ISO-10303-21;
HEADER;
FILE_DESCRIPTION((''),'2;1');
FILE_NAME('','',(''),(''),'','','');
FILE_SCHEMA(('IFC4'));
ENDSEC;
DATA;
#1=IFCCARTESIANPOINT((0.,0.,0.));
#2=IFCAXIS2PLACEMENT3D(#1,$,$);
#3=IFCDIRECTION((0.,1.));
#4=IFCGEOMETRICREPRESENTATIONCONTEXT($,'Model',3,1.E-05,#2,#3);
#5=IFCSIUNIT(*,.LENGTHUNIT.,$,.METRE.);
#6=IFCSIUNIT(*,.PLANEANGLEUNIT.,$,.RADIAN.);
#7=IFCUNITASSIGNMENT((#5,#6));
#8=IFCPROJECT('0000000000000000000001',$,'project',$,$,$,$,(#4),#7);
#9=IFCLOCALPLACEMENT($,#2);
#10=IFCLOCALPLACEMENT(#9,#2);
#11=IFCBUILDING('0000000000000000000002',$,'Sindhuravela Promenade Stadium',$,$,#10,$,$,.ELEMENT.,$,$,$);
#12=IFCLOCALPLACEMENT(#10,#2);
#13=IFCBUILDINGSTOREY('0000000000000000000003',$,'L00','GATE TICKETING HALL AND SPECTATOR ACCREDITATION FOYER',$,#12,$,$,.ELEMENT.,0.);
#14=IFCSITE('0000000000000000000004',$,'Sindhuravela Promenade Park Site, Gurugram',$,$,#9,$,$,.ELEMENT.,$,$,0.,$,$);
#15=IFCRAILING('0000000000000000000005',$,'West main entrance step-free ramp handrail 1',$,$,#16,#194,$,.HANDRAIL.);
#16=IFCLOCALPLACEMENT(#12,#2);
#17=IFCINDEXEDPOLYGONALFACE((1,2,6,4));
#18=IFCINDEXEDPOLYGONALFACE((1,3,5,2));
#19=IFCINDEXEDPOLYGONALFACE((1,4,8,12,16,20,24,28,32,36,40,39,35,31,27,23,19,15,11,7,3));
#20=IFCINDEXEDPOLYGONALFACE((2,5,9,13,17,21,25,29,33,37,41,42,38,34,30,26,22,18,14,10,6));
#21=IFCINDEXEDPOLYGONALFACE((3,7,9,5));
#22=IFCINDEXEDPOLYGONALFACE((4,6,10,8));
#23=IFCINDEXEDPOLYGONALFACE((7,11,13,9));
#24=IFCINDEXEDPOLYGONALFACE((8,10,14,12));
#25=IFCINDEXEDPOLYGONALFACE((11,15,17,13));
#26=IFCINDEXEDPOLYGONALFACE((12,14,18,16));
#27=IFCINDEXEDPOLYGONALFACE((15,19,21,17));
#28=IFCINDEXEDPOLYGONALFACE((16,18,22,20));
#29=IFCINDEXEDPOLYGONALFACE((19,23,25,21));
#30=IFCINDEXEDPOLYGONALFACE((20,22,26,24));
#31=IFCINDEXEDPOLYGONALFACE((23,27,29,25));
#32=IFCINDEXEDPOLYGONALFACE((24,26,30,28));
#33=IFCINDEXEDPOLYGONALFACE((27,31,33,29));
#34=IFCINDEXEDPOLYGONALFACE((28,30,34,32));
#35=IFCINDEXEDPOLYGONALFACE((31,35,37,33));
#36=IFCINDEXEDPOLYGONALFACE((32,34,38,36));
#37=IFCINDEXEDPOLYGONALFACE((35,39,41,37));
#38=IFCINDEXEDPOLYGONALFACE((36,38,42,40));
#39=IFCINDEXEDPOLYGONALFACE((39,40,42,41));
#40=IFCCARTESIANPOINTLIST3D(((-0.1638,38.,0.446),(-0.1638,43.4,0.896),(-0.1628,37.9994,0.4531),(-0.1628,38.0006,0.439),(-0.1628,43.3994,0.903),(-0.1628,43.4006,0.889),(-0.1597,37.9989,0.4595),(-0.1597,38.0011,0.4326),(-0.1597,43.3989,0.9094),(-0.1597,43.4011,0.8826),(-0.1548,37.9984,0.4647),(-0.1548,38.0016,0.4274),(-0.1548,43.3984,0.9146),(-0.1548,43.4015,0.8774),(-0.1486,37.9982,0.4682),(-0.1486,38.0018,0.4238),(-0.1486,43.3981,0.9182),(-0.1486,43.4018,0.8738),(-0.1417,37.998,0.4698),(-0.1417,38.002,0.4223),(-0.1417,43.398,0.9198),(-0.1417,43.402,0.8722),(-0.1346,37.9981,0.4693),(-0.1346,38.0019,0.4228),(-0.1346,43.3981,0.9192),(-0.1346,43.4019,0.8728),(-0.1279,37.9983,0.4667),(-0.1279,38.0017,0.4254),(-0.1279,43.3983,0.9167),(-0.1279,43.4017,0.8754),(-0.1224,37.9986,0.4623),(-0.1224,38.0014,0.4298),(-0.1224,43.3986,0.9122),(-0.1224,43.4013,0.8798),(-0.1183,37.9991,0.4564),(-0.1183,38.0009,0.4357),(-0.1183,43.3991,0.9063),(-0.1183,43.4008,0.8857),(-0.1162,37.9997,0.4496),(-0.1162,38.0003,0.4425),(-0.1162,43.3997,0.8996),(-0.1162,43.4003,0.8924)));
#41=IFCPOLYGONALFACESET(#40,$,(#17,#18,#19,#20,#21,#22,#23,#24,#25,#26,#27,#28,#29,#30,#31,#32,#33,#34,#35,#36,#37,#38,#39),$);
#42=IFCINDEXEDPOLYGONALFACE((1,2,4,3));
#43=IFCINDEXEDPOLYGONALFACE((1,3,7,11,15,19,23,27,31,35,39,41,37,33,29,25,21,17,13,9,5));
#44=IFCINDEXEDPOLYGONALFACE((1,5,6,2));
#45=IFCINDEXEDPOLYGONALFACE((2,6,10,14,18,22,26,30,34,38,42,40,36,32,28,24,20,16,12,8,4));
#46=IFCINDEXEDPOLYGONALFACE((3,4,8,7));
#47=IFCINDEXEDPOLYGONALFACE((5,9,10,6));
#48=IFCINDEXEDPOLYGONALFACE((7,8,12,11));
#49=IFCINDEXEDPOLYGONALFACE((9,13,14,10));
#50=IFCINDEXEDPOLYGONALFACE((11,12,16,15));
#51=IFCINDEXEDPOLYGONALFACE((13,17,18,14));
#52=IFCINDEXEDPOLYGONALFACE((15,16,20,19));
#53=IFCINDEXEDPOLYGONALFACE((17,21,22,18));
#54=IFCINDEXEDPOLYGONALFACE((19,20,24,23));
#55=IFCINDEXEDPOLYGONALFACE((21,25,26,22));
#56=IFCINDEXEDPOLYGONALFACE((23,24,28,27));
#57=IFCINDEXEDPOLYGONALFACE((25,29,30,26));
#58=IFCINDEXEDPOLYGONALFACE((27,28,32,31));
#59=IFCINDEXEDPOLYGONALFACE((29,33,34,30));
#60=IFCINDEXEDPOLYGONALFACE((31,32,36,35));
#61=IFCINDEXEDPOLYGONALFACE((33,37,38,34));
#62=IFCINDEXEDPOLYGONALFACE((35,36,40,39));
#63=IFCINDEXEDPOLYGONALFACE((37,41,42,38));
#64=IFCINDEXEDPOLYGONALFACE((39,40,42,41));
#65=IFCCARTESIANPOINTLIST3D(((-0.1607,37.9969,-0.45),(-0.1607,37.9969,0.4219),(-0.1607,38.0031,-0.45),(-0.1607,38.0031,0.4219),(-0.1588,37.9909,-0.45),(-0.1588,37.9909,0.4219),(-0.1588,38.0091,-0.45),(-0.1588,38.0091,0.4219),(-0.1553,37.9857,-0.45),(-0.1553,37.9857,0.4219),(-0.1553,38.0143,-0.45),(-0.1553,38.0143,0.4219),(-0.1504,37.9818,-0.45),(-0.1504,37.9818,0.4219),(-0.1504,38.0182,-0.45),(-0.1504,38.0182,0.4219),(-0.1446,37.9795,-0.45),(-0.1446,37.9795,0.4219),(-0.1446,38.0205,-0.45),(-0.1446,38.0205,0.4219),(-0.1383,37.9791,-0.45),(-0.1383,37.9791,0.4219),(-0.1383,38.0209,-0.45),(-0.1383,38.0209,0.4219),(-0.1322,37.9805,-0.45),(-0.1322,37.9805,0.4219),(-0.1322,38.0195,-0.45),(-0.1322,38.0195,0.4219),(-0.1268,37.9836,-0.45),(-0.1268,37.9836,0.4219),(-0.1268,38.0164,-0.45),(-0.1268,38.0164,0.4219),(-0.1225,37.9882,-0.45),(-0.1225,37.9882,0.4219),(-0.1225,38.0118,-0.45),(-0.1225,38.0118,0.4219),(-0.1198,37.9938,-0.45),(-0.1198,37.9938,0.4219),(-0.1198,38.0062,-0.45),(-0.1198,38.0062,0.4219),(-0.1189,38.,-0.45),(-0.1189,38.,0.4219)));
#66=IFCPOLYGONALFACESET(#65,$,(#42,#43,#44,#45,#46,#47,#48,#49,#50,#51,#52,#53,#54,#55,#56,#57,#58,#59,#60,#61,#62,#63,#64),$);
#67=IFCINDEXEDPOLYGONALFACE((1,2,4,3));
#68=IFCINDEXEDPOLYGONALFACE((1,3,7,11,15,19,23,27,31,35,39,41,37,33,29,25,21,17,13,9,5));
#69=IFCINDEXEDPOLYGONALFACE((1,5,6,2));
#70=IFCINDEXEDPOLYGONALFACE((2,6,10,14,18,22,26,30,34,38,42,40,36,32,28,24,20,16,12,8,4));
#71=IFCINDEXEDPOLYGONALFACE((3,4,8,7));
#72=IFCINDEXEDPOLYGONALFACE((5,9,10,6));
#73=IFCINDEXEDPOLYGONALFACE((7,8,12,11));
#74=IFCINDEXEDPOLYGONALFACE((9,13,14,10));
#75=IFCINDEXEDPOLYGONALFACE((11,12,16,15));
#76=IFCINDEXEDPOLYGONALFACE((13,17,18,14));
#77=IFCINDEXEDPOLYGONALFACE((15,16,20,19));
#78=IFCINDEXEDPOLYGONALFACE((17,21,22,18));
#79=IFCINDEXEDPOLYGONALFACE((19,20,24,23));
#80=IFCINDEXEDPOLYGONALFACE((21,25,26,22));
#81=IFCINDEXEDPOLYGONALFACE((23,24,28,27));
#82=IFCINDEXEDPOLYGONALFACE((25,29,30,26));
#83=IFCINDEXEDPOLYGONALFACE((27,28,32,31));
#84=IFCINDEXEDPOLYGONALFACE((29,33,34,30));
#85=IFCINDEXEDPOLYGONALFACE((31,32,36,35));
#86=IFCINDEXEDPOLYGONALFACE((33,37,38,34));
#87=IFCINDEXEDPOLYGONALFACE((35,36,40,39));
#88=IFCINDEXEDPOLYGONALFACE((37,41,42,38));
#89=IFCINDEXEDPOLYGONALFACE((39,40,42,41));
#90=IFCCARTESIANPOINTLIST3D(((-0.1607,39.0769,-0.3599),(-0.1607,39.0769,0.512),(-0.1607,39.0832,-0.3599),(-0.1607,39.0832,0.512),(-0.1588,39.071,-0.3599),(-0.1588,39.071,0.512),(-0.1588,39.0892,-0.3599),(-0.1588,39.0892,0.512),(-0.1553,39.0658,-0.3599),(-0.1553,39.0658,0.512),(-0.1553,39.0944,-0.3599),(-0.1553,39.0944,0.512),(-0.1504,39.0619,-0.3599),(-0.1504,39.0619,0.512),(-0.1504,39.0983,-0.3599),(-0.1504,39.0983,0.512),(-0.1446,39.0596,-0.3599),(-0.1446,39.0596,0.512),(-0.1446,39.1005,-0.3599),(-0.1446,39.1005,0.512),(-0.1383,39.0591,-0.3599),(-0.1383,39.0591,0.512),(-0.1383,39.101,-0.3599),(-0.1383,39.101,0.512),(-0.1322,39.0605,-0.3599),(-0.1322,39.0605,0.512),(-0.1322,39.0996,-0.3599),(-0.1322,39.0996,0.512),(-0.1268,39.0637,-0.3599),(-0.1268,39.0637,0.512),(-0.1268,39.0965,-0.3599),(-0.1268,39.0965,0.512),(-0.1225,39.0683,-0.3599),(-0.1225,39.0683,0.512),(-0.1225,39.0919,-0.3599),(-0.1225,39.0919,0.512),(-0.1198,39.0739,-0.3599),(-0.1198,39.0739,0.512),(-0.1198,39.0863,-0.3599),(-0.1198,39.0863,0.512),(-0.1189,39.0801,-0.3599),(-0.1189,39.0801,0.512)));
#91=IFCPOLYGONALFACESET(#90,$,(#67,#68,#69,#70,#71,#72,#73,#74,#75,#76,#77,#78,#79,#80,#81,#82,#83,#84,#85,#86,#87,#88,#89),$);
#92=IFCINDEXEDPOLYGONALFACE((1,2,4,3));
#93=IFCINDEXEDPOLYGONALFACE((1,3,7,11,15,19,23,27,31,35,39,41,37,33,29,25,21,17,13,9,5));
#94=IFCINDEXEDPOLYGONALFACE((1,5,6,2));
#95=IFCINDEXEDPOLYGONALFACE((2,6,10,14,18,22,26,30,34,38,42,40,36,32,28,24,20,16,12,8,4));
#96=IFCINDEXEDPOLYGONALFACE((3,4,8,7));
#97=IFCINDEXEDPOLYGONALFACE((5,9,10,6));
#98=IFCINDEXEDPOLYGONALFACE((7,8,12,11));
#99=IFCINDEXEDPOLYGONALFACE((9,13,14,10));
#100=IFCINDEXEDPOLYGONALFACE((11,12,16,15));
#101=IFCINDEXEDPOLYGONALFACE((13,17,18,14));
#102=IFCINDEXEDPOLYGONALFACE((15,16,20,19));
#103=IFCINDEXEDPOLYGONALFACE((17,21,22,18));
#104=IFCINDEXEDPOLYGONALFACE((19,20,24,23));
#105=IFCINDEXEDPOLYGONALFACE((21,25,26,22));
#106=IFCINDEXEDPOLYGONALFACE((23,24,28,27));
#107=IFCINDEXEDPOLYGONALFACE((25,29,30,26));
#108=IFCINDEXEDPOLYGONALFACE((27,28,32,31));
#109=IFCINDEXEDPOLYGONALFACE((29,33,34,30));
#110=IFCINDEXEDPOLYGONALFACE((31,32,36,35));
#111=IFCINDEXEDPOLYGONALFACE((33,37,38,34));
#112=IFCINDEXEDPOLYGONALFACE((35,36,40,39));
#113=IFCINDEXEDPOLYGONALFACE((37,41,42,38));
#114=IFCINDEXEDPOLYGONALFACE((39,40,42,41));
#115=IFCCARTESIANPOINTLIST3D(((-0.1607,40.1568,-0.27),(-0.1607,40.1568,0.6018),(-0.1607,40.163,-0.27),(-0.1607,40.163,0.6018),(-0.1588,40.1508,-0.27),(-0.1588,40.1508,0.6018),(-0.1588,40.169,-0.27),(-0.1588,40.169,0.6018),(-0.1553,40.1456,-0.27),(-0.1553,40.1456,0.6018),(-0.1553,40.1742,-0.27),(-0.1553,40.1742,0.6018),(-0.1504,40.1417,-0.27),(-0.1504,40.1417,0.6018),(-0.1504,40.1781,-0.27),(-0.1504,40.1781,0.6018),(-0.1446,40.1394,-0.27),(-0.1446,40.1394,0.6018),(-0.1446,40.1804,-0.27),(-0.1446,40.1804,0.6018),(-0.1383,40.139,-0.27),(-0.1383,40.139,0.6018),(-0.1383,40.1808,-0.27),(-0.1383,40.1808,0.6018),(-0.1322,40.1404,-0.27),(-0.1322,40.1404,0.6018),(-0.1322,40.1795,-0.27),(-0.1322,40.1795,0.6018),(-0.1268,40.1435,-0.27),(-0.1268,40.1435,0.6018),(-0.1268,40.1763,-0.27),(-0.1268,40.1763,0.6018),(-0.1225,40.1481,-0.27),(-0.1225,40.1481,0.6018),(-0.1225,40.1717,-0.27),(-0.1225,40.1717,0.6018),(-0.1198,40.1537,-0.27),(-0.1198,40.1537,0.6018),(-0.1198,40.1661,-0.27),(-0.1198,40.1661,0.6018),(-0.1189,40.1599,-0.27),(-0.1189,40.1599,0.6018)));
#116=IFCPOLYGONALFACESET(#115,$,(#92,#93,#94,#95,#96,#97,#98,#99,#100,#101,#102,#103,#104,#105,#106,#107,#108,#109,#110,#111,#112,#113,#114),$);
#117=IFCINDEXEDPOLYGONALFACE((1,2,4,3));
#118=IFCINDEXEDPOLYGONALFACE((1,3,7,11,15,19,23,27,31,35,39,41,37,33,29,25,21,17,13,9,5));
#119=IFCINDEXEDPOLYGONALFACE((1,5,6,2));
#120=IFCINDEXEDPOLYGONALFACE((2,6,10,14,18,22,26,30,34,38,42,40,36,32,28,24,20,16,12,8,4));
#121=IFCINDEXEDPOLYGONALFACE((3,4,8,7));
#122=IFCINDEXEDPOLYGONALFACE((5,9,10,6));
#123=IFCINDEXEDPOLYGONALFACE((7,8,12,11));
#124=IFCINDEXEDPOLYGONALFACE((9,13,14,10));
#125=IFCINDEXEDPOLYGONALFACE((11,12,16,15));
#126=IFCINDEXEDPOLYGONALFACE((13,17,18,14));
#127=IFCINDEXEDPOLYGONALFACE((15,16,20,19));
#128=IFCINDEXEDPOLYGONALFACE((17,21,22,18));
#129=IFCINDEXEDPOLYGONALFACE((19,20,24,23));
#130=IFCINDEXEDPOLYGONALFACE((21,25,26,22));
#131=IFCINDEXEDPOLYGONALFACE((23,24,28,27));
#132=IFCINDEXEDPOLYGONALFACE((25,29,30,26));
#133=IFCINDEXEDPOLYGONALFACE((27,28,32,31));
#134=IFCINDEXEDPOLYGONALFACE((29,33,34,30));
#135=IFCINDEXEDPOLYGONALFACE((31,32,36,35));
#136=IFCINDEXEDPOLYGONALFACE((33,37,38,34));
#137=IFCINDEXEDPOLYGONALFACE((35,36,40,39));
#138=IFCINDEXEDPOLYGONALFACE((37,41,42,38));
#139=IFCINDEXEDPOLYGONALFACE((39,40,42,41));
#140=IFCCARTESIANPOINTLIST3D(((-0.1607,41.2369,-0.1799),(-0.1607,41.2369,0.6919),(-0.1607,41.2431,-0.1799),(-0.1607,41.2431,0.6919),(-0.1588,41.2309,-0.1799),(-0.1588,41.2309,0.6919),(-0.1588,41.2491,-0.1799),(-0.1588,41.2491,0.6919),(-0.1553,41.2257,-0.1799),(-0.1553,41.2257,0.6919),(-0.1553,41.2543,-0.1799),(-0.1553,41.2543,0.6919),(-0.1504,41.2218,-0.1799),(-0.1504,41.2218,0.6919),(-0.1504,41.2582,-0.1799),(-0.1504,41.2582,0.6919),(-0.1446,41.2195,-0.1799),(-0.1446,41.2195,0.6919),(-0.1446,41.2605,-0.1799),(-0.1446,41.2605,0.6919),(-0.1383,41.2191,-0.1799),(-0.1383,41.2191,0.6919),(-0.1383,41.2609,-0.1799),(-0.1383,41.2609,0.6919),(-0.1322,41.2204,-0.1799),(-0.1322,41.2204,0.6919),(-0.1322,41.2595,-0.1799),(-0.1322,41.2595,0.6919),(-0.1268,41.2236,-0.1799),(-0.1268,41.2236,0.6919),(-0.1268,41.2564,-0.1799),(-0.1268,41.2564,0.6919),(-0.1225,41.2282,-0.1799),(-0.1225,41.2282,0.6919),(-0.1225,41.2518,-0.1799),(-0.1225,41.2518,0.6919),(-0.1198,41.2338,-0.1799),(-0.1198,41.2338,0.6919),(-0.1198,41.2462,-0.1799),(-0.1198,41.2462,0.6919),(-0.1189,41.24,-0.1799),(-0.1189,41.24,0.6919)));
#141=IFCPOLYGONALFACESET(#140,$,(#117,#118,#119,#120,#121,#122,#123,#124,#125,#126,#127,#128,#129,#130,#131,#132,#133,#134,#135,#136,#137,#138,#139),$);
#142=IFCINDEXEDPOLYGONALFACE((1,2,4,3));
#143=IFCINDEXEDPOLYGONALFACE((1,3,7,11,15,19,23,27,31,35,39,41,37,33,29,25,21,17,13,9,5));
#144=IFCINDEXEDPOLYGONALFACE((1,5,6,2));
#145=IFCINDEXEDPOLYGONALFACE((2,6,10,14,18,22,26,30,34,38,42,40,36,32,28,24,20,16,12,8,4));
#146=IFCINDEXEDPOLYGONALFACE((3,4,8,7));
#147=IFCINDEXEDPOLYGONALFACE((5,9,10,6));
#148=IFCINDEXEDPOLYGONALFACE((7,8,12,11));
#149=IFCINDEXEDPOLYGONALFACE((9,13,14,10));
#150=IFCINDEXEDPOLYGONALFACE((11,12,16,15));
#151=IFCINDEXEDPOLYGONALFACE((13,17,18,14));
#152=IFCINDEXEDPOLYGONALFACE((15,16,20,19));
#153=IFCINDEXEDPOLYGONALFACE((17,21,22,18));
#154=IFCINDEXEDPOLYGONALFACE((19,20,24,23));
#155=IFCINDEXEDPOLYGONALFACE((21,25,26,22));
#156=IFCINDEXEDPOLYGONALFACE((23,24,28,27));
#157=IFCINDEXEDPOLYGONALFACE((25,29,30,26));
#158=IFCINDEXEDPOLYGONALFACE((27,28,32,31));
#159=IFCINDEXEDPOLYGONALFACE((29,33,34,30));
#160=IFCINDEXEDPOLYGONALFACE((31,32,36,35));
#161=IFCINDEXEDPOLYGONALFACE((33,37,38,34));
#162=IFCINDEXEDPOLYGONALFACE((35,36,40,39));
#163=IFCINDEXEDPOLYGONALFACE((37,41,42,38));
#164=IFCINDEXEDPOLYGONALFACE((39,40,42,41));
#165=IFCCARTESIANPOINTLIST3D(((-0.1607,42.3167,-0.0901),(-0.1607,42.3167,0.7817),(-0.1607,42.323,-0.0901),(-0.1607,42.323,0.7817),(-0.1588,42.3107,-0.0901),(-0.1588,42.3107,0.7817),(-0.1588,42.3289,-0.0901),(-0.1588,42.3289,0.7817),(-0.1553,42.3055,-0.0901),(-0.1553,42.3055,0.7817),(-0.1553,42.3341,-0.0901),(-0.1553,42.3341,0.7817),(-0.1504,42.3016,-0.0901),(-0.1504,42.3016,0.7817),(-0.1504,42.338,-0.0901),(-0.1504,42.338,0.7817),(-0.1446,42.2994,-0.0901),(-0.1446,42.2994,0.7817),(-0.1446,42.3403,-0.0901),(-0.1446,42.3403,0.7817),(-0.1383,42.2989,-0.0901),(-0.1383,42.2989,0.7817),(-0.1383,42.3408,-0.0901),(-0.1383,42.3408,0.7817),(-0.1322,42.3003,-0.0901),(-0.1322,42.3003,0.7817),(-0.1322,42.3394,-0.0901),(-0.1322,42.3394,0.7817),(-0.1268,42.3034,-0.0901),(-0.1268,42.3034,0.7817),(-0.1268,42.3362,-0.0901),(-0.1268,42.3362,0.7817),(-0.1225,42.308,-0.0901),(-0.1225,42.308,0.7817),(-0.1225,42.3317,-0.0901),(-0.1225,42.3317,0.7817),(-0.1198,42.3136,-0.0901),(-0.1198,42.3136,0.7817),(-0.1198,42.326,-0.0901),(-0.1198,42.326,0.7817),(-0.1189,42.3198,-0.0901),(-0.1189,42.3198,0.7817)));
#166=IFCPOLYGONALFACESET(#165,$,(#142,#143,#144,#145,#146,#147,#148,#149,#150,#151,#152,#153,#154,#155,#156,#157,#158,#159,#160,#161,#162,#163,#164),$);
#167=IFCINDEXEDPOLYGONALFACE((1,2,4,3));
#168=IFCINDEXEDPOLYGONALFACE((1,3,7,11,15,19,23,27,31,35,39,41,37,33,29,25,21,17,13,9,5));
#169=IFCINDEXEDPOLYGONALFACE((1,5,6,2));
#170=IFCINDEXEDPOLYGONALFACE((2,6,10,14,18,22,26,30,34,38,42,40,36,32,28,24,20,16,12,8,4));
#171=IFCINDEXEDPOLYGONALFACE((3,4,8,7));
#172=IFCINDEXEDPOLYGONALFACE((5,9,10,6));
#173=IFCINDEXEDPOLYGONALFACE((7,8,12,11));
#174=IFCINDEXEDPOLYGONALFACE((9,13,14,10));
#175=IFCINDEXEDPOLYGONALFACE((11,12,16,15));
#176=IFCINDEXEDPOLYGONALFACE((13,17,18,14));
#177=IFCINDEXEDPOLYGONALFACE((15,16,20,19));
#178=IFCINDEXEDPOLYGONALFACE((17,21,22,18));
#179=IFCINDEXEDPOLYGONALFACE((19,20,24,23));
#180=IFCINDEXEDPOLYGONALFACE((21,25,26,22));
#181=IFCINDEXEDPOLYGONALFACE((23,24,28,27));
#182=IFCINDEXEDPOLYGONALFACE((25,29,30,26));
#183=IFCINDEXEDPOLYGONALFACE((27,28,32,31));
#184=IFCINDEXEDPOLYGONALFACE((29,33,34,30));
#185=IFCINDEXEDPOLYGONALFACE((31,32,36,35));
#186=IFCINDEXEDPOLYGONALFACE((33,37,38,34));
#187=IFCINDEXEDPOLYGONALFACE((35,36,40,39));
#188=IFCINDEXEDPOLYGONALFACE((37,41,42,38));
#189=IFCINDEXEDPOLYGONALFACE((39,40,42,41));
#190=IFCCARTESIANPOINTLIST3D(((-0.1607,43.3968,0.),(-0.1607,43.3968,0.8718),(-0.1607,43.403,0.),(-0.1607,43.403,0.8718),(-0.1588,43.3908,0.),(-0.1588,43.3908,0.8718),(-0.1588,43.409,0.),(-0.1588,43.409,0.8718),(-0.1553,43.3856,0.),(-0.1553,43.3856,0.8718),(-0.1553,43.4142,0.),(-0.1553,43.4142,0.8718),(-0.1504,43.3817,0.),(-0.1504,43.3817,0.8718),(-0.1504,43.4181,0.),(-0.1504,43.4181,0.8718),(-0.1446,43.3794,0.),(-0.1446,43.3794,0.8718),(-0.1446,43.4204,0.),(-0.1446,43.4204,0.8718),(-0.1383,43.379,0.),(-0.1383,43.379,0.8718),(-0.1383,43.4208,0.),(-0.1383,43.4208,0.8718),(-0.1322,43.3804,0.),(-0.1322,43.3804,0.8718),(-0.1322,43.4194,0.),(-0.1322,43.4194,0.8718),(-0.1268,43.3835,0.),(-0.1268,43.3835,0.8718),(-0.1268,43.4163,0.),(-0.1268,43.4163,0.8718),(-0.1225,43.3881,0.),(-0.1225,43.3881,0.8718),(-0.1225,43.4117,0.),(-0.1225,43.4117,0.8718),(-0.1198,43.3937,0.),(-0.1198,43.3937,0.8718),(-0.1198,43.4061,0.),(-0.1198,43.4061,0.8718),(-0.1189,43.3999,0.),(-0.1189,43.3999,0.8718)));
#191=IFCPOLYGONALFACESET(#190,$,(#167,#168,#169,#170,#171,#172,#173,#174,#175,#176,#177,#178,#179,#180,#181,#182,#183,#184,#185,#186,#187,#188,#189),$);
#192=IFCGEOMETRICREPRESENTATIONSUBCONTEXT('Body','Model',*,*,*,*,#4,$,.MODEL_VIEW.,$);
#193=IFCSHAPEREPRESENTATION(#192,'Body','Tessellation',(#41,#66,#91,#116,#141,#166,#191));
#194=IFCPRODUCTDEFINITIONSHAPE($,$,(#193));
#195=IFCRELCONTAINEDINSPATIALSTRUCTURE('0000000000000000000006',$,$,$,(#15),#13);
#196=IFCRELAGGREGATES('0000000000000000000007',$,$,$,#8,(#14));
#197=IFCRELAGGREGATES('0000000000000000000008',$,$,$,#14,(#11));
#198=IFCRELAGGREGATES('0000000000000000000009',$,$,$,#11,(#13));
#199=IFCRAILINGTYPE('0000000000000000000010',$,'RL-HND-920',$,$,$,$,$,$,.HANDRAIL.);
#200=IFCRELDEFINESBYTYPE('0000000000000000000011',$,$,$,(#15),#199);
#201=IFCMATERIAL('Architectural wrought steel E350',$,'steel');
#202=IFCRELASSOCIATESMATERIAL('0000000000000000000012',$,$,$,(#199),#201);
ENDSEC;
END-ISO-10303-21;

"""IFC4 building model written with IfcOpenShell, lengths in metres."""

from ifc_helpers import new_model, si_unit, direction, frame, origin, origin_2d, place, context, subcontext, project, spatial, circle, extrude, material, type_object, element, save


model = new_model("IFC4")

# Units and contexts
model_context = context("Model", 3, precision=1e-05, world=origin(), true_north=direction((0.0, 1.0)))
body_context = subcontext(model_context, "Body", "Model", "MODEL_VIEW")
ifc_project = project(units=[si_unit("LENGTHUNIT", "METRE"), si_unit("PLANEANGLEUNIT", "RADIAN")], contexts=[model_context])

# Site, building, storey
site_placement = place(None, origin())
site = spatial("IfcSite", under=ifc_project, at=site_placement, Name="Sindhuravela Promenade Park Site, Gurugram", CompositionType="ELEMENT", RefElevation=0.0)
building_placement = place(site_placement, origin())
building = spatial("IfcBuilding", under=site, at=building_placement, Name="Sindhuravela Promenade Stadium", CompositionType="ELEMENT")
storey_placement = place(building_placement, origin())
storey = spatial("IfcBuildingStorey", under=building, at=storey_placement, Name="L00", Description="GATE TICKETING HALL AND SPECTATOR ACCREDITATION FOYER", CompositionType="ELEMENT", Elevation=0.0)

# Railing
ifc_material_1 = material(Name="Architectural wrought steel E350", Category="steel")
railing_type = type_object("IfcRailingType", Name="RL-HND-920", PredefinedType="HANDRAIL", material=ifc_material_1)
for number, where, name in (
    (1, (-0.1399, 38.0, -0.45), "West main entrance step-free ramp handrail 1"),
):
    element("IfcRailing", number, at=place(storey_placement, frame(where)), inside=storey, type_object=railing_type, Name=name, PredefinedType="HANDRAIL", context=body_context, shape_type="SweptSolid", body=[
        extrude(circle(Radius=0.0239, at=origin_2d()), frame((0.0, 0.0, 0.896), z_axis=(0.0, 0.996546, 0.083038), x_axis=(-1.0, 0.0, 0.0)), (0.0, 0.0, 1.0), 5.4187),
        extrude(circle(Radius=0.021, at=origin_2d()), origin(), (0.0, 0.0, 1.0), 0.8718),
        extrude(circle(Radius=0.021, at=origin_2d()), frame((0.0, 1.0801, 0.0901)), (0.0, 0.0, 1.0), 0.8718),
        extrude(circle(Radius=0.021, at=origin_2d()), frame((0.0, 2.1599, 0.1799)), (0.0, 0.0, 1.0), 0.8718),
        extrude(circle(Radius=0.021, at=origin_2d()), frame((0.0, 3.24, 0.27)), (0.0, 0.0, 1.0), 0.8718),
        extrude(circle(Radius=0.021, at=origin_2d()), frame((0.0, 4.3198, 0.3599)), (0.0, 0.0, 1.0), 0.8718),
        extrude(circle(Radius=0.021, at=origin_2d()), frame((0.0, 5.3999, 0.45)), (0.0, 0.0, 1.0), 0.8718),
    ])

save(model, "model.ifc")
